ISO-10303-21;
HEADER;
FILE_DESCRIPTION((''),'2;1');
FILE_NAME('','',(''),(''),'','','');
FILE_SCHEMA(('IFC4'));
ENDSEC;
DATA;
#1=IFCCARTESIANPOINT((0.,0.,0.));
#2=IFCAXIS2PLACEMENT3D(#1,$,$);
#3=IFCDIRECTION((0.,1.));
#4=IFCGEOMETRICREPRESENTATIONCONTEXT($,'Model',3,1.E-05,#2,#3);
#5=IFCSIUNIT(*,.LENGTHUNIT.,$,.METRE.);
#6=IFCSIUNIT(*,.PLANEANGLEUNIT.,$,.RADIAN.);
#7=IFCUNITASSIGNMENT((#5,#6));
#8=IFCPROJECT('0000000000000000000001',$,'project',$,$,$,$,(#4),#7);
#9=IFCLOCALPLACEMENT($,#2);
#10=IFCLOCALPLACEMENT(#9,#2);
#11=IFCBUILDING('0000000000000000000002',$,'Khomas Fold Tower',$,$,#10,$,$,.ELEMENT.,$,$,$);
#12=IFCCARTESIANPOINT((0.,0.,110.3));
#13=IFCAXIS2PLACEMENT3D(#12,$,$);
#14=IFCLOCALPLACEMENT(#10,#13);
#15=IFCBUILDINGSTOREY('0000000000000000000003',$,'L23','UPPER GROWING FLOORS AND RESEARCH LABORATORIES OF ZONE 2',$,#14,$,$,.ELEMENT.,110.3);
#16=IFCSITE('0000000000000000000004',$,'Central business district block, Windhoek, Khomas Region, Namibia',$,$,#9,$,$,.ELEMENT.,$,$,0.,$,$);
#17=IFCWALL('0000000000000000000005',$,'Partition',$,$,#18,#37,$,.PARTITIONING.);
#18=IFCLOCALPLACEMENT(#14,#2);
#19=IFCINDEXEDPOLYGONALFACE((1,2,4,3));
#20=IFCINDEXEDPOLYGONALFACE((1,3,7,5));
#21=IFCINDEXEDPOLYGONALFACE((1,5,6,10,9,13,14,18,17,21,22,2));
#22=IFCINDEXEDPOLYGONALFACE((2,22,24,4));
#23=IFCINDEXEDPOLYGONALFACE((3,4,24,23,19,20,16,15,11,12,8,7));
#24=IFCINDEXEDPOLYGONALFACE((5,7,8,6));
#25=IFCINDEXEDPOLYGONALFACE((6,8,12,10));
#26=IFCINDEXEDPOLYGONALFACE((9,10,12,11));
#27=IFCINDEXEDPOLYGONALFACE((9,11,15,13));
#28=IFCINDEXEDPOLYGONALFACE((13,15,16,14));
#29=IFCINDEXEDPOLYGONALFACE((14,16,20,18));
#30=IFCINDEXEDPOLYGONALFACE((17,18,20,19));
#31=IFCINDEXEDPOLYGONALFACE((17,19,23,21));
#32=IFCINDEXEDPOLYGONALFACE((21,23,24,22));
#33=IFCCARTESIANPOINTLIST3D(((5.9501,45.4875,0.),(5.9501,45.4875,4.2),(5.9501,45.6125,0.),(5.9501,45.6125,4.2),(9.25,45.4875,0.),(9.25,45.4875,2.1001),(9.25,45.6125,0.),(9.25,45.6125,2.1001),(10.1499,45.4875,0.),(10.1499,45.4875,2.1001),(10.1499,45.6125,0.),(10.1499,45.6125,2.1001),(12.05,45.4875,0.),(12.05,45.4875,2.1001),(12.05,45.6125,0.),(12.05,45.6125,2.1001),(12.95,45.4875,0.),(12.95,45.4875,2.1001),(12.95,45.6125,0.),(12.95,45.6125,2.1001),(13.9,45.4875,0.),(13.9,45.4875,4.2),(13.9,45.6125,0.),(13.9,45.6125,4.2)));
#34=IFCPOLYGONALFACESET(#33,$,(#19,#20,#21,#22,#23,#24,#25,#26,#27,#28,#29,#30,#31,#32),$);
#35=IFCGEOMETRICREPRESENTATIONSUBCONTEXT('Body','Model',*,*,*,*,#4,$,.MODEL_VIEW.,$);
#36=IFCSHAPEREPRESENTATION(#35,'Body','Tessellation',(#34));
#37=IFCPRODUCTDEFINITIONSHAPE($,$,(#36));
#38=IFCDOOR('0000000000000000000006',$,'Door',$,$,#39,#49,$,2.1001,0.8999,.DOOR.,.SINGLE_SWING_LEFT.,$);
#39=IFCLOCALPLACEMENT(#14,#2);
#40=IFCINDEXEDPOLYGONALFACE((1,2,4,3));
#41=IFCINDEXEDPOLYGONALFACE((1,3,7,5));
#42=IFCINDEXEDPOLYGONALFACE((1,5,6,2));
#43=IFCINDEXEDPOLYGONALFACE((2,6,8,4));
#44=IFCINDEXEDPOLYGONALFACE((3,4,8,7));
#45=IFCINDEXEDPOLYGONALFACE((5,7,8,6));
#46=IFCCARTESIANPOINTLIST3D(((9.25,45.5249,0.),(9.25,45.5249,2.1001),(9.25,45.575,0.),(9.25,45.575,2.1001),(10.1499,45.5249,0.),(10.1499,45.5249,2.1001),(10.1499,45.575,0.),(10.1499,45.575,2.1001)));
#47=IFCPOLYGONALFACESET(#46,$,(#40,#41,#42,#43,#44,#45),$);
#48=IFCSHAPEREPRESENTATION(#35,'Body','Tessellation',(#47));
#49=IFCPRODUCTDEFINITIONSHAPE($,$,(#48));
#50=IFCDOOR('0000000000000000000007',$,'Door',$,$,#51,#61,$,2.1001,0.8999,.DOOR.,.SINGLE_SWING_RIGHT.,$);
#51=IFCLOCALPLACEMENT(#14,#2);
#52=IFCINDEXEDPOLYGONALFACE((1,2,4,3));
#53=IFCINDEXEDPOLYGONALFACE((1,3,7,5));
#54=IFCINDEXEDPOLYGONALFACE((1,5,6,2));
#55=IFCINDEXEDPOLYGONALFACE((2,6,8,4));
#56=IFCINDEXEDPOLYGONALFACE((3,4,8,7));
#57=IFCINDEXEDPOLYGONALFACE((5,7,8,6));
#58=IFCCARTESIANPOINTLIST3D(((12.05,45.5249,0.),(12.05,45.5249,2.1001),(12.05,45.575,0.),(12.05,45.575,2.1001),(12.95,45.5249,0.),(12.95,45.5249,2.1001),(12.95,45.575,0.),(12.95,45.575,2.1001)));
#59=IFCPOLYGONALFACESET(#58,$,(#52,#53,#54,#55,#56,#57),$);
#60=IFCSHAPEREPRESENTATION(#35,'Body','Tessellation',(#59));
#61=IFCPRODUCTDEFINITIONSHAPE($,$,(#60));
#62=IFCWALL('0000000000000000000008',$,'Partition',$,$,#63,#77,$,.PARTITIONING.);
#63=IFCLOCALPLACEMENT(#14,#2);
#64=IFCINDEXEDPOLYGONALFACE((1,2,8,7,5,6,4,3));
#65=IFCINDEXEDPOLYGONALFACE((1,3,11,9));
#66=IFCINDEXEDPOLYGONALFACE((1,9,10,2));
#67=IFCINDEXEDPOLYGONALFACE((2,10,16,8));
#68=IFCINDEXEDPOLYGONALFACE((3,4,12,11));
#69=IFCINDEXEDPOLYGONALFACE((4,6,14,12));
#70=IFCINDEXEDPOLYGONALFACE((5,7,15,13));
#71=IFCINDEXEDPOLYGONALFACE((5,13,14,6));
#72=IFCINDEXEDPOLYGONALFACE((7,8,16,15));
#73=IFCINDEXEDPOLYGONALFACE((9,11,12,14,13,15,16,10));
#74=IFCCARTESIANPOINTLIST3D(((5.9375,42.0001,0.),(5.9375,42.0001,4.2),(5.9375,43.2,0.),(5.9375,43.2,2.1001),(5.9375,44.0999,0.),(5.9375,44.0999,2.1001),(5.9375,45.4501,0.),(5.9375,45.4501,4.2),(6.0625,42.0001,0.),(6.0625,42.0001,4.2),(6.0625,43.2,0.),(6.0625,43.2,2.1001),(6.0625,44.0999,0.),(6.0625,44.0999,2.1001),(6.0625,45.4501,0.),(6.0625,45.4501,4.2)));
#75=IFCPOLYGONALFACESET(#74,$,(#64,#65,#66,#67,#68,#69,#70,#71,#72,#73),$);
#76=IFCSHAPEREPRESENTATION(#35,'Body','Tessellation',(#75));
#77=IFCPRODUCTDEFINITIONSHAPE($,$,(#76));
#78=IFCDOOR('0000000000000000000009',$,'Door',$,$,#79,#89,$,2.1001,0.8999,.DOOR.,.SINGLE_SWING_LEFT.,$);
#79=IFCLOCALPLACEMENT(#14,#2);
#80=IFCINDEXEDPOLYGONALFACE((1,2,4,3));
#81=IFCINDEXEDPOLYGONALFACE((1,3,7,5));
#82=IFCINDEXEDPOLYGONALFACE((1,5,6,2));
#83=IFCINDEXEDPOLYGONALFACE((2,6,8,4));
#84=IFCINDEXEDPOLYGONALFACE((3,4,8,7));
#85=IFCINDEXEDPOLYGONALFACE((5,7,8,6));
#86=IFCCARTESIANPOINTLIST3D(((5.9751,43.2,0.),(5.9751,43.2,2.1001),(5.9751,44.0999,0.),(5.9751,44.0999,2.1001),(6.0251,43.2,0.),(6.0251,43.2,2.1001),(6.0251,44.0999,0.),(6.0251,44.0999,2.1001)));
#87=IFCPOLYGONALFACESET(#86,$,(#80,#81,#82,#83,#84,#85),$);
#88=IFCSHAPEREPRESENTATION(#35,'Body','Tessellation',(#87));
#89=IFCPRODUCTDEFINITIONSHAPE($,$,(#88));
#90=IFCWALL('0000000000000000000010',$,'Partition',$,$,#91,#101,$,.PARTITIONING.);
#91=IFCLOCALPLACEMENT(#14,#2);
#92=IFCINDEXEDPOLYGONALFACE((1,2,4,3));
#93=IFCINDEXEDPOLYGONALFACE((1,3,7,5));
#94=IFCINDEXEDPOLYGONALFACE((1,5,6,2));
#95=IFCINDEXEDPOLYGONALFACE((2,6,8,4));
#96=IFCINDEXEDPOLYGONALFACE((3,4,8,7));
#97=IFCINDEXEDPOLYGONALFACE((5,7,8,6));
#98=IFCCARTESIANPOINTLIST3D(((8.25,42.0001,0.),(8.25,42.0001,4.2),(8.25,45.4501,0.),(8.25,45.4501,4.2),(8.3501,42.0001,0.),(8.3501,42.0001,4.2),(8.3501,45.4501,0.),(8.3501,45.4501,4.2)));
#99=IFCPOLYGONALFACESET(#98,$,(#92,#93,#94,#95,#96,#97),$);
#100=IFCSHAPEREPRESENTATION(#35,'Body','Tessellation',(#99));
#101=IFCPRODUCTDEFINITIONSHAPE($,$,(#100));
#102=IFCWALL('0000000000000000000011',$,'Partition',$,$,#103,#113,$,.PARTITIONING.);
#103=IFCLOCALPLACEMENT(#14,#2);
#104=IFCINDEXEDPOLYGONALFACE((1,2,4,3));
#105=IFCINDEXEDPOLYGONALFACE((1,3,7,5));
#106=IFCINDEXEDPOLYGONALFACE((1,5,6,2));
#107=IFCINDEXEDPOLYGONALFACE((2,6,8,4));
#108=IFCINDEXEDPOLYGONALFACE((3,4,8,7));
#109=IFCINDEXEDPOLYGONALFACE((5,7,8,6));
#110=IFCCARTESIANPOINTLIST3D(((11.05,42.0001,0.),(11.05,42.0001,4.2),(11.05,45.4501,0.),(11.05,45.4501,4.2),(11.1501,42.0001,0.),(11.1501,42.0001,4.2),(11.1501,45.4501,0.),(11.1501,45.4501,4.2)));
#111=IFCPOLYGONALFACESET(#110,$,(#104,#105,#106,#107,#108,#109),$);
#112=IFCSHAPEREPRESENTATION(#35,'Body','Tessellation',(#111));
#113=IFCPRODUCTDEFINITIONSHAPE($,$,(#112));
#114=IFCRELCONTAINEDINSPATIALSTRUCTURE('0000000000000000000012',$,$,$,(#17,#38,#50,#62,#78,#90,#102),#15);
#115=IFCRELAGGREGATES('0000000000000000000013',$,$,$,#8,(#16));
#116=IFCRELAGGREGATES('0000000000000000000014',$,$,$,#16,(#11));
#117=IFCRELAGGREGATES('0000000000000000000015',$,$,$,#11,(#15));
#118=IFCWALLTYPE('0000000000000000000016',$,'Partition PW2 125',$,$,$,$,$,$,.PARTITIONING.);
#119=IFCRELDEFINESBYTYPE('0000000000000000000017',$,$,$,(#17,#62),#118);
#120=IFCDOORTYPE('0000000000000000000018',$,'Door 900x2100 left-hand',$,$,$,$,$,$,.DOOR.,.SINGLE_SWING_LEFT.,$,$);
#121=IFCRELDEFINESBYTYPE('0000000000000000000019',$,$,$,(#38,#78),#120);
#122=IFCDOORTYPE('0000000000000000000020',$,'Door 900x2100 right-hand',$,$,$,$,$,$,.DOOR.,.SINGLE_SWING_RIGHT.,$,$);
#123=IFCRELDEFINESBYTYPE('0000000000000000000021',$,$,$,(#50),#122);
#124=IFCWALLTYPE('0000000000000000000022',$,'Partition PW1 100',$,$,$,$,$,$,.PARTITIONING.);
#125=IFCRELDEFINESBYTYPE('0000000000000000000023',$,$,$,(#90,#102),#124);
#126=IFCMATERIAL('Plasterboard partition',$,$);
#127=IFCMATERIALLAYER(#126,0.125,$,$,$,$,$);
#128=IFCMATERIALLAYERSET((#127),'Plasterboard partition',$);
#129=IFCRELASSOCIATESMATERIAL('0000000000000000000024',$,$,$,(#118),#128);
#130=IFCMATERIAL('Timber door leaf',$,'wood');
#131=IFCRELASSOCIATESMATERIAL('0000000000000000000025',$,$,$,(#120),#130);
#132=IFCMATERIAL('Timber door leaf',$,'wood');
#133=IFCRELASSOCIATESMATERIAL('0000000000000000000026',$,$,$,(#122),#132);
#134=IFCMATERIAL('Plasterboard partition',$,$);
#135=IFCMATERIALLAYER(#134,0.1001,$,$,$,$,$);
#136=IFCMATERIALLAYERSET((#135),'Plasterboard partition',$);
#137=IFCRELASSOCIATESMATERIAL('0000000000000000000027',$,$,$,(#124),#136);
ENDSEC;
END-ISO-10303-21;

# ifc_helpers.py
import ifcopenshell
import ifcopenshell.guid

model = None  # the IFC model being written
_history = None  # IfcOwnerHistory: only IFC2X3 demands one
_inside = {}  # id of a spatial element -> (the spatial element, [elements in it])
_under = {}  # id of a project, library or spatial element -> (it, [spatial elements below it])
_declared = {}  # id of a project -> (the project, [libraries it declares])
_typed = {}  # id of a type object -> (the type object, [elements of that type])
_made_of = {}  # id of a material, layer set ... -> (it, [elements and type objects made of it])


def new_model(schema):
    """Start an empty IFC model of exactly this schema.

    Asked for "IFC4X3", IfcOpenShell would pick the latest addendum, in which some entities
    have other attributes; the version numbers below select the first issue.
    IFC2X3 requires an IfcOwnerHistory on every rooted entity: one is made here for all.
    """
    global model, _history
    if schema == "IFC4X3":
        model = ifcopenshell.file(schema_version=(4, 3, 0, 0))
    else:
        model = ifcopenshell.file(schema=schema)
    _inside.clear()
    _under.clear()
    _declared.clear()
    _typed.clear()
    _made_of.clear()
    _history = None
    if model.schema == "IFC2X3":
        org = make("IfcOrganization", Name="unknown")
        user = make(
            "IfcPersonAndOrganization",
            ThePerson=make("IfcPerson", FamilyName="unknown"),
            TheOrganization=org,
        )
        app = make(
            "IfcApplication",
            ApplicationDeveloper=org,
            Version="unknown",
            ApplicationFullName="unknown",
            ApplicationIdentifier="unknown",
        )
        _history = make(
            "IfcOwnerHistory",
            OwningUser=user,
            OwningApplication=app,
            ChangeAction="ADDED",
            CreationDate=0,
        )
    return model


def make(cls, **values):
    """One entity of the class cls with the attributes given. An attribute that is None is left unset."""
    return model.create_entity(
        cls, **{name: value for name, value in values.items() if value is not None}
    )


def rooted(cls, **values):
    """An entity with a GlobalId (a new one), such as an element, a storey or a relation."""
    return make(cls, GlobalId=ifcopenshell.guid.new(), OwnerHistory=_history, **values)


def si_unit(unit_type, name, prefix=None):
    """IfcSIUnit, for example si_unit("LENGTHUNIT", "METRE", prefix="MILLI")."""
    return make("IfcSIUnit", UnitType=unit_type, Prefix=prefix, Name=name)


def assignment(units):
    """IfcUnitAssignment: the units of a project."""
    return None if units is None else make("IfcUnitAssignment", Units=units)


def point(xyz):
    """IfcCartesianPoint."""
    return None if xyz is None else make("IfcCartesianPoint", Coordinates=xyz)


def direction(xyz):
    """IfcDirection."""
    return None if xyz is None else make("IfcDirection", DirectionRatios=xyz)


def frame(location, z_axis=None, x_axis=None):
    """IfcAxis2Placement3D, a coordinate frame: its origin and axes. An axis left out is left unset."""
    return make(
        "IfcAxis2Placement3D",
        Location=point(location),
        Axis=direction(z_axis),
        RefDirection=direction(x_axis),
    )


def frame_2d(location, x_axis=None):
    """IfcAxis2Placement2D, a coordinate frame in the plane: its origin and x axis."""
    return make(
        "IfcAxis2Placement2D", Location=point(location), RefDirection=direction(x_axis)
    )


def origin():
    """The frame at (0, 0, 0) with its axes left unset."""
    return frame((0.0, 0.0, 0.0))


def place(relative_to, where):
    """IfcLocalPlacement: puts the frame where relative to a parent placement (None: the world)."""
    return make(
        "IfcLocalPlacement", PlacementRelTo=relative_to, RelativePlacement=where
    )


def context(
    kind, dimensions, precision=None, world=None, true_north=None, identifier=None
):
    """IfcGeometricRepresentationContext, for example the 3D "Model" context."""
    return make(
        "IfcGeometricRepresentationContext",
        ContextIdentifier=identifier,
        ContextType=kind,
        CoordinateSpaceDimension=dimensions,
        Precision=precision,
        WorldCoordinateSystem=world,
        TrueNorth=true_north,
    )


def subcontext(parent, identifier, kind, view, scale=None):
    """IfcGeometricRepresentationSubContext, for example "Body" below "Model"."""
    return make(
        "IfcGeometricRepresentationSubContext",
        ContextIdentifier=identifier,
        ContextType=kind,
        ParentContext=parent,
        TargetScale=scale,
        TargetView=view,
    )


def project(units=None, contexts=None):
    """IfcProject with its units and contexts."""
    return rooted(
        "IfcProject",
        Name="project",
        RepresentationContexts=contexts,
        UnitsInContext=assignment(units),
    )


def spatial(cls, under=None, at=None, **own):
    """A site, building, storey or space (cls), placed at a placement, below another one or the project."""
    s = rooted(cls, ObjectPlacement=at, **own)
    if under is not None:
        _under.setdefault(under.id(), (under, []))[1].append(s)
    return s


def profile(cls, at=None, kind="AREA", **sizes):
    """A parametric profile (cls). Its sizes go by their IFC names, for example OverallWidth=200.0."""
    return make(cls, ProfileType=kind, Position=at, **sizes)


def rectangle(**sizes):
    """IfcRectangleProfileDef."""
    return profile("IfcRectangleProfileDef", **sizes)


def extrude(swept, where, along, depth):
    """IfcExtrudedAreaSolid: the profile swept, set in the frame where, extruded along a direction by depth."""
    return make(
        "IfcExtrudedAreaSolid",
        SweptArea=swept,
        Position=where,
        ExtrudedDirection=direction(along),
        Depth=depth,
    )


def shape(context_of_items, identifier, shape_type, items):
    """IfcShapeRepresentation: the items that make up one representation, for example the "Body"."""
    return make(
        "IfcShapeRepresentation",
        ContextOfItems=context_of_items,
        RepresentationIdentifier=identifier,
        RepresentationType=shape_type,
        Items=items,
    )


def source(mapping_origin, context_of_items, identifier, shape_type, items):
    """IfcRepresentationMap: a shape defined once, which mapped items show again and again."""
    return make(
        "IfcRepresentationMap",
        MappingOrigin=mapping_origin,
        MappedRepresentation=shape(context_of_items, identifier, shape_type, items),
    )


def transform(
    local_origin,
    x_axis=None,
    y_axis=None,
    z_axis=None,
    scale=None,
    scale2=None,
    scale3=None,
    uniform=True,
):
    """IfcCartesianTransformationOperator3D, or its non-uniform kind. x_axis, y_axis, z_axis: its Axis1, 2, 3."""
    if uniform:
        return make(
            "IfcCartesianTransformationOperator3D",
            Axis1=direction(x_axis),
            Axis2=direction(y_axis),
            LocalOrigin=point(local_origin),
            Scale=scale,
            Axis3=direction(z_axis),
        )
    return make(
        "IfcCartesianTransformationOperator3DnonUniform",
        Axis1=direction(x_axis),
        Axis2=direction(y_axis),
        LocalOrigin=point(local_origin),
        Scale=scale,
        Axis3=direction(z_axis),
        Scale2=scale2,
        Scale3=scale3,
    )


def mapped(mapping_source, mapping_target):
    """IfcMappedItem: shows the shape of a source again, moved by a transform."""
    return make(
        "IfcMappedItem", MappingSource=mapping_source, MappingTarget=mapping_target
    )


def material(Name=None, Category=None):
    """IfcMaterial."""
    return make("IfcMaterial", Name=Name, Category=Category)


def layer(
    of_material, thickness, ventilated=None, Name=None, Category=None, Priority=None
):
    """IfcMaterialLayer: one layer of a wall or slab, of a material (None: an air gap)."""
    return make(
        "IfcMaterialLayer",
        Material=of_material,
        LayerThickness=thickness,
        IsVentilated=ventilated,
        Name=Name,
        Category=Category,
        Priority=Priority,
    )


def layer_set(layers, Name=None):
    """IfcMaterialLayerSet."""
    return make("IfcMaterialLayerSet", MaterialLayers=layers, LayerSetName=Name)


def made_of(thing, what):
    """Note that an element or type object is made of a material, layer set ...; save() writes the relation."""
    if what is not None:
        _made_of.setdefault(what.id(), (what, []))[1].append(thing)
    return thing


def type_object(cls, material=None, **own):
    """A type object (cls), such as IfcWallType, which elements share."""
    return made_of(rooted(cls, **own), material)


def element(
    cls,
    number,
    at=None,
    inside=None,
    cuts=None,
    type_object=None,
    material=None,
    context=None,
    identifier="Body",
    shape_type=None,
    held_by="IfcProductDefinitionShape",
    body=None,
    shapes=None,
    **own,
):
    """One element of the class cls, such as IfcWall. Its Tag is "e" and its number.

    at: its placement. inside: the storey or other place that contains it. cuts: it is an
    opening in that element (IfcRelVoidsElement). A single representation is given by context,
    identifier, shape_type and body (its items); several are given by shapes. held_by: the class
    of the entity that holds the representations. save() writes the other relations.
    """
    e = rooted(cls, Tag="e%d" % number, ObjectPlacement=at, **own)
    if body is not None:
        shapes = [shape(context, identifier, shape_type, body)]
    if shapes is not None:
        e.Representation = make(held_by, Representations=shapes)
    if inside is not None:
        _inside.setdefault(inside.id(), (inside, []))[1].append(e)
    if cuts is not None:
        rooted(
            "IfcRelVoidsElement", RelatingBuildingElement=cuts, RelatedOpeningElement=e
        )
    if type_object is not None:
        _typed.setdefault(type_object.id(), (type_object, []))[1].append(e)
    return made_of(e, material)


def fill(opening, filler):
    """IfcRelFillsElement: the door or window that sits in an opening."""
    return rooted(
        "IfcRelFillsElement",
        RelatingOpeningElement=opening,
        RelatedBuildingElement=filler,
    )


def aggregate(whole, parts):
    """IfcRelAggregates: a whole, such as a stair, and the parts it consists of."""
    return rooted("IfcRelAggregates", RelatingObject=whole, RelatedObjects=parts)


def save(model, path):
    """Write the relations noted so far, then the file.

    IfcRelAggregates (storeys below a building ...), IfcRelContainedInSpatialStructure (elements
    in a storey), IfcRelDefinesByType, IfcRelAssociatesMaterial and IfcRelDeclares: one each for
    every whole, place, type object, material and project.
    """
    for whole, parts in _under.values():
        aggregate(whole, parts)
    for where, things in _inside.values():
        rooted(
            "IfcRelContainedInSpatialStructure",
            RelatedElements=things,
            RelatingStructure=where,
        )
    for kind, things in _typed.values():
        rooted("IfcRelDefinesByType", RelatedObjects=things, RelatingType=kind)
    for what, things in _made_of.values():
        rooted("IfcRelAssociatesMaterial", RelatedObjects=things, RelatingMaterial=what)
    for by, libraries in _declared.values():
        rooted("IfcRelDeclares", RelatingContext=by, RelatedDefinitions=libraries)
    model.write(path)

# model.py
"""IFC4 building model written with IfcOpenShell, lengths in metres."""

from ifc_helpers import new_model, si_unit, direction, frame, frame_2d, origin, place, context, subcontext, project, spatial, rectangle, extrude, source, transform, mapped, material, layer, layer_set, type_object, element, fill, save


model = new_model("IFC4")

# Units and contexts
model_context = context("Model", 3, precision=1e-05, world=origin(), true_north=direction((0.0, 1.0)))
body_context = subcontext(model_context, "Body", "Model", "MODEL_VIEW")
ifc_project = project(units=[si_unit("LENGTHUNIT", "METRE"), si_unit("PLANEANGLEUNIT", "RADIAN")], contexts=[model_context])

# Site, building, storey
site_placement = place(None, origin())
site = spatial("IfcSite", under=ifc_project, at=site_placement, Name="Central business district block, Windhoek, Khomas Region, Namibia", CompositionType="ELEMENT", RefElevation=0.0)
building_placement = place(site_placement, origin())
building = spatial("IfcBuilding", under=site, at=building_placement, Name="Khomas Fold Tower", CompositionType="ELEMENT")
storey_placement = place(building_placement, frame((0.0, 0.0, 110.3)))
storey = spatial("IfcBuildingStorey", under=building, at=storey_placement, Name="L23", Description="UPPER GROWING FLOORS AND RESEARCH LABORATORIES OF ZONE 2", CompositionType="ELEMENT", Elevation=110.3)

# Wall, openings, doors
ifc_material_1 = material(Name="Plasterboard partition")
ifc_layer_1 = layer(ifc_material_1, 0.125)
ifc_layer_set_1 = layer_set([ifc_layer_1], Name="Plasterboard partition")
wall_type_1 = type_object("IfcWallType", Name="Partition PW2 125", PredefinedType="PARTITIONING", material=ifc_layer_set_1)
shared_shape_1 = source(origin(), body_context, "Body", "SweptSolid", [
    extrude(rectangle(XDim=7.95, YDim=0.125, at=frame_2d((3.9751, 0.0))), origin(), (0.0, 0.0, 1.0), 4.2),
])
wall_1_placement = place(storey_placement, frame((5.95, 45.55, 0.0), z_axis=(0.0, 0.0, 1.0), x_axis=(1.0, 0.0, 0.0)))
wall_1 = element("IfcWall", 1, at=wall_1_placement, inside=storey, type_object=wall_type_1, Name="Partition", PredefinedType="PARTITIONING", context=body_context, shape_type="MappedRepresentation", body=[
    mapped(shared_shape_1, transform((0.0, 0.0, 0.0))),
])
shared_shape_2 = source(origin(), body_context, "Body", "SweptSolid", [
    extrude(rectangle(XDim=0.8999, YDim=2.1001, at=frame_2d((0.45, 1.05))), frame((0.0, 0.0725, 0.0), z_axis=(0.0, -1.0, 0.0), x_axis=(1.0, 0.0, 0.0)), (0.0, 0.0, 1.0), 0.145),
])
opening_1_placement = place(wall_1_placement, frame((3.3, 0.0, 0.0)))
opening_1 = element("IfcOpeningElement", 2, at=opening_1_placement, cuts=wall_1, PredefinedType="OPENING", context=body_context, shape_type="MappedRepresentation", body=[
    mapped(shared_shape_2, transform((0.0, 0.0, 0.0))),
])
opening_2_placement = place(wall_1_placement, frame((6.1001, 0.0, 0.0)))
opening_2 = element("IfcOpeningElement", 3, at=opening_2_placement, cuts=wall_1, PredefinedType="OPENING", context=body_context, shape_type="MappedRepresentation", body=[
    mapped(shared_shape_2, transform((0.0, 0.0, 0.0))),
])
ifc_material_2 = material(Name="Timber door leaf", Category="wood")
door_type_1 = type_object("IfcDoorType", Name="Door 900x2100 left-hand", OperationType="SINGLE_SWING_LEFT", PredefinedType="DOOR", material=ifc_material_2)
shared_shape_3 = source(origin(), body_context, "Body", "SweptSolid", [
    extrude(rectangle(XDim=0.8999, YDim=2.1001, at=frame_2d((0.45, 1.05))), frame((0.0, 0.0249, 0.0), z_axis=(0.0, -1.0, 0.0), x_axis=(1.0, 0.0, 0.0)), (0.0, 0.0, 1.0), 0.05),
])
door_1_placement = place(opening_1_placement, origin())
door_1 = element("IfcDoor", 4, at=door_1_placement, inside=storey, type_object=door_type_1, Name="Door", OperationType="SINGLE_SWING_LEFT", OverallHeight=2.1001, OverallWidth=0.8999, PredefinedType="DOOR", context=body_context, shape_type="MappedRepresentation", body=[
    mapped(shared_shape_3, transform((0.0, 0.0, 0.0))),
])
fill(opening_1, door_1)
ifc_material_3 = material(Name="Timber door leaf", Category="wood")
door_type_2 = type_object("IfcDoorType", Name="Door 900x2100 right-hand", OperationType="SINGLE_SWING_RIGHT", PredefinedType="DOOR", material=ifc_material_3)
door_2_placement = place(opening_2_placement, origin())
door_2 = element("IfcDoor", 5, at=door_2_placement, inside=storey, type_object=door_type_2, Name="Door", OperationType="SINGLE_SWING_RIGHT", OverallHeight=2.1001, OverallWidth=0.8999, PredefinedType="DOOR", context=body_context, shape_type="MappedRepresentation", body=[
    mapped(shared_shape_3, transform((0.0, 0.0, 0.0))),
])
fill(opening_2, door_2)

# Wall, opening, door
shared_shape_4 = source(origin(), body_context, "Body", "SweptSolid", [
    extrude(rectangle(XDim=3.45, YDim=0.125, at=frame_2d((1.7251, 0.0))), origin(), (0.0, 0.0, 1.0), 4.2),
])
wall_2_placement = place(storey_placement, frame((6.0, 42.0, 0.0), z_axis=(0.0, 0.0, 1.0), x_axis=(0.0, 1.0, 0.0)))
wall_2 = element("IfcWall", 6, at=wall_2_placement, inside=storey, type_object=wall_type_1, Name="Partition", PredefinedType="PARTITIONING", context=body_context, shape_type="MappedRepresentation", body=[
    mapped(shared_shape_4, transform((0.0, 0.0, 0.0))),
])
opening_3_placement = place(wall_2_placement, frame((1.2, 0.0, 0.0)))
opening_3 = element("IfcOpeningElement", 7, at=opening_3_placement, cuts=wall_2, PredefinedType="OPENING", context=body_context, shape_type="MappedRepresentation", body=[
    mapped(shared_shape_2, transform((0.0, 0.0, 0.0))),
])
door_3_placement = place(opening_3_placement, origin())
door_3 = element("IfcDoor", 8, at=door_3_placement, inside=storey, type_object=door_type_1, Name="Door", OperationType="SINGLE_SWING_LEFT", OverallHeight=2.1001, OverallWidth=0.8999, PredefinedType="DOOR", context=body_context, shape_type="MappedRepresentation", body=[
    mapped(shared_shape_3, transform((0.0, 0.0, 0.0))),
])
fill(opening_3, door_3)

# Walls
ifc_material_4 = material(Name="Plasterboard partition")
ifc_layer_2 = layer(ifc_material_4, 0.1001)
ifc_layer_set_2 = layer_set([ifc_layer_2], Name="Plasterboard partition")
wall_type_2 = type_object("IfcWallType", Name="Partition PW1 100", PredefinedType="PARTITIONING", material=ifc_layer_set_2)
shared_shape_5 = source(origin(), body_context, "Body", "SweptSolid", [
    extrude(rectangle(XDim=3.45, YDim=0.1001, at=frame_2d((1.7251, 0.0))), origin(), (0.0, 0.0, 1.0), 4.2),
])
for number, where, z_axis, x_axis, name in (
    (9, (8.3, 42.0, 0.0), (0.0, 0.0, 1.0), (0.0, 1.0, 0.0), "Partition"),
    (10, (11.1001, 42.0, 0.0), (0.0, 0.0, 1.0), (0.0, 1.0, 0.0), "Partition"),
):
    element("IfcWall", number, at=place(storey_placement, frame(where, z_axis=z_axis, x_axis=x_axis)), inside=storey, type_object=wall_type_2, Name=name, PredefinedType="PARTITIONING", context=body_context, shape_type="MappedRepresentation", body=[
        mapped(shared_shape_5, transform((0.0, 0.0, 0.0))),
    ])

save(model, "model.ifc")
